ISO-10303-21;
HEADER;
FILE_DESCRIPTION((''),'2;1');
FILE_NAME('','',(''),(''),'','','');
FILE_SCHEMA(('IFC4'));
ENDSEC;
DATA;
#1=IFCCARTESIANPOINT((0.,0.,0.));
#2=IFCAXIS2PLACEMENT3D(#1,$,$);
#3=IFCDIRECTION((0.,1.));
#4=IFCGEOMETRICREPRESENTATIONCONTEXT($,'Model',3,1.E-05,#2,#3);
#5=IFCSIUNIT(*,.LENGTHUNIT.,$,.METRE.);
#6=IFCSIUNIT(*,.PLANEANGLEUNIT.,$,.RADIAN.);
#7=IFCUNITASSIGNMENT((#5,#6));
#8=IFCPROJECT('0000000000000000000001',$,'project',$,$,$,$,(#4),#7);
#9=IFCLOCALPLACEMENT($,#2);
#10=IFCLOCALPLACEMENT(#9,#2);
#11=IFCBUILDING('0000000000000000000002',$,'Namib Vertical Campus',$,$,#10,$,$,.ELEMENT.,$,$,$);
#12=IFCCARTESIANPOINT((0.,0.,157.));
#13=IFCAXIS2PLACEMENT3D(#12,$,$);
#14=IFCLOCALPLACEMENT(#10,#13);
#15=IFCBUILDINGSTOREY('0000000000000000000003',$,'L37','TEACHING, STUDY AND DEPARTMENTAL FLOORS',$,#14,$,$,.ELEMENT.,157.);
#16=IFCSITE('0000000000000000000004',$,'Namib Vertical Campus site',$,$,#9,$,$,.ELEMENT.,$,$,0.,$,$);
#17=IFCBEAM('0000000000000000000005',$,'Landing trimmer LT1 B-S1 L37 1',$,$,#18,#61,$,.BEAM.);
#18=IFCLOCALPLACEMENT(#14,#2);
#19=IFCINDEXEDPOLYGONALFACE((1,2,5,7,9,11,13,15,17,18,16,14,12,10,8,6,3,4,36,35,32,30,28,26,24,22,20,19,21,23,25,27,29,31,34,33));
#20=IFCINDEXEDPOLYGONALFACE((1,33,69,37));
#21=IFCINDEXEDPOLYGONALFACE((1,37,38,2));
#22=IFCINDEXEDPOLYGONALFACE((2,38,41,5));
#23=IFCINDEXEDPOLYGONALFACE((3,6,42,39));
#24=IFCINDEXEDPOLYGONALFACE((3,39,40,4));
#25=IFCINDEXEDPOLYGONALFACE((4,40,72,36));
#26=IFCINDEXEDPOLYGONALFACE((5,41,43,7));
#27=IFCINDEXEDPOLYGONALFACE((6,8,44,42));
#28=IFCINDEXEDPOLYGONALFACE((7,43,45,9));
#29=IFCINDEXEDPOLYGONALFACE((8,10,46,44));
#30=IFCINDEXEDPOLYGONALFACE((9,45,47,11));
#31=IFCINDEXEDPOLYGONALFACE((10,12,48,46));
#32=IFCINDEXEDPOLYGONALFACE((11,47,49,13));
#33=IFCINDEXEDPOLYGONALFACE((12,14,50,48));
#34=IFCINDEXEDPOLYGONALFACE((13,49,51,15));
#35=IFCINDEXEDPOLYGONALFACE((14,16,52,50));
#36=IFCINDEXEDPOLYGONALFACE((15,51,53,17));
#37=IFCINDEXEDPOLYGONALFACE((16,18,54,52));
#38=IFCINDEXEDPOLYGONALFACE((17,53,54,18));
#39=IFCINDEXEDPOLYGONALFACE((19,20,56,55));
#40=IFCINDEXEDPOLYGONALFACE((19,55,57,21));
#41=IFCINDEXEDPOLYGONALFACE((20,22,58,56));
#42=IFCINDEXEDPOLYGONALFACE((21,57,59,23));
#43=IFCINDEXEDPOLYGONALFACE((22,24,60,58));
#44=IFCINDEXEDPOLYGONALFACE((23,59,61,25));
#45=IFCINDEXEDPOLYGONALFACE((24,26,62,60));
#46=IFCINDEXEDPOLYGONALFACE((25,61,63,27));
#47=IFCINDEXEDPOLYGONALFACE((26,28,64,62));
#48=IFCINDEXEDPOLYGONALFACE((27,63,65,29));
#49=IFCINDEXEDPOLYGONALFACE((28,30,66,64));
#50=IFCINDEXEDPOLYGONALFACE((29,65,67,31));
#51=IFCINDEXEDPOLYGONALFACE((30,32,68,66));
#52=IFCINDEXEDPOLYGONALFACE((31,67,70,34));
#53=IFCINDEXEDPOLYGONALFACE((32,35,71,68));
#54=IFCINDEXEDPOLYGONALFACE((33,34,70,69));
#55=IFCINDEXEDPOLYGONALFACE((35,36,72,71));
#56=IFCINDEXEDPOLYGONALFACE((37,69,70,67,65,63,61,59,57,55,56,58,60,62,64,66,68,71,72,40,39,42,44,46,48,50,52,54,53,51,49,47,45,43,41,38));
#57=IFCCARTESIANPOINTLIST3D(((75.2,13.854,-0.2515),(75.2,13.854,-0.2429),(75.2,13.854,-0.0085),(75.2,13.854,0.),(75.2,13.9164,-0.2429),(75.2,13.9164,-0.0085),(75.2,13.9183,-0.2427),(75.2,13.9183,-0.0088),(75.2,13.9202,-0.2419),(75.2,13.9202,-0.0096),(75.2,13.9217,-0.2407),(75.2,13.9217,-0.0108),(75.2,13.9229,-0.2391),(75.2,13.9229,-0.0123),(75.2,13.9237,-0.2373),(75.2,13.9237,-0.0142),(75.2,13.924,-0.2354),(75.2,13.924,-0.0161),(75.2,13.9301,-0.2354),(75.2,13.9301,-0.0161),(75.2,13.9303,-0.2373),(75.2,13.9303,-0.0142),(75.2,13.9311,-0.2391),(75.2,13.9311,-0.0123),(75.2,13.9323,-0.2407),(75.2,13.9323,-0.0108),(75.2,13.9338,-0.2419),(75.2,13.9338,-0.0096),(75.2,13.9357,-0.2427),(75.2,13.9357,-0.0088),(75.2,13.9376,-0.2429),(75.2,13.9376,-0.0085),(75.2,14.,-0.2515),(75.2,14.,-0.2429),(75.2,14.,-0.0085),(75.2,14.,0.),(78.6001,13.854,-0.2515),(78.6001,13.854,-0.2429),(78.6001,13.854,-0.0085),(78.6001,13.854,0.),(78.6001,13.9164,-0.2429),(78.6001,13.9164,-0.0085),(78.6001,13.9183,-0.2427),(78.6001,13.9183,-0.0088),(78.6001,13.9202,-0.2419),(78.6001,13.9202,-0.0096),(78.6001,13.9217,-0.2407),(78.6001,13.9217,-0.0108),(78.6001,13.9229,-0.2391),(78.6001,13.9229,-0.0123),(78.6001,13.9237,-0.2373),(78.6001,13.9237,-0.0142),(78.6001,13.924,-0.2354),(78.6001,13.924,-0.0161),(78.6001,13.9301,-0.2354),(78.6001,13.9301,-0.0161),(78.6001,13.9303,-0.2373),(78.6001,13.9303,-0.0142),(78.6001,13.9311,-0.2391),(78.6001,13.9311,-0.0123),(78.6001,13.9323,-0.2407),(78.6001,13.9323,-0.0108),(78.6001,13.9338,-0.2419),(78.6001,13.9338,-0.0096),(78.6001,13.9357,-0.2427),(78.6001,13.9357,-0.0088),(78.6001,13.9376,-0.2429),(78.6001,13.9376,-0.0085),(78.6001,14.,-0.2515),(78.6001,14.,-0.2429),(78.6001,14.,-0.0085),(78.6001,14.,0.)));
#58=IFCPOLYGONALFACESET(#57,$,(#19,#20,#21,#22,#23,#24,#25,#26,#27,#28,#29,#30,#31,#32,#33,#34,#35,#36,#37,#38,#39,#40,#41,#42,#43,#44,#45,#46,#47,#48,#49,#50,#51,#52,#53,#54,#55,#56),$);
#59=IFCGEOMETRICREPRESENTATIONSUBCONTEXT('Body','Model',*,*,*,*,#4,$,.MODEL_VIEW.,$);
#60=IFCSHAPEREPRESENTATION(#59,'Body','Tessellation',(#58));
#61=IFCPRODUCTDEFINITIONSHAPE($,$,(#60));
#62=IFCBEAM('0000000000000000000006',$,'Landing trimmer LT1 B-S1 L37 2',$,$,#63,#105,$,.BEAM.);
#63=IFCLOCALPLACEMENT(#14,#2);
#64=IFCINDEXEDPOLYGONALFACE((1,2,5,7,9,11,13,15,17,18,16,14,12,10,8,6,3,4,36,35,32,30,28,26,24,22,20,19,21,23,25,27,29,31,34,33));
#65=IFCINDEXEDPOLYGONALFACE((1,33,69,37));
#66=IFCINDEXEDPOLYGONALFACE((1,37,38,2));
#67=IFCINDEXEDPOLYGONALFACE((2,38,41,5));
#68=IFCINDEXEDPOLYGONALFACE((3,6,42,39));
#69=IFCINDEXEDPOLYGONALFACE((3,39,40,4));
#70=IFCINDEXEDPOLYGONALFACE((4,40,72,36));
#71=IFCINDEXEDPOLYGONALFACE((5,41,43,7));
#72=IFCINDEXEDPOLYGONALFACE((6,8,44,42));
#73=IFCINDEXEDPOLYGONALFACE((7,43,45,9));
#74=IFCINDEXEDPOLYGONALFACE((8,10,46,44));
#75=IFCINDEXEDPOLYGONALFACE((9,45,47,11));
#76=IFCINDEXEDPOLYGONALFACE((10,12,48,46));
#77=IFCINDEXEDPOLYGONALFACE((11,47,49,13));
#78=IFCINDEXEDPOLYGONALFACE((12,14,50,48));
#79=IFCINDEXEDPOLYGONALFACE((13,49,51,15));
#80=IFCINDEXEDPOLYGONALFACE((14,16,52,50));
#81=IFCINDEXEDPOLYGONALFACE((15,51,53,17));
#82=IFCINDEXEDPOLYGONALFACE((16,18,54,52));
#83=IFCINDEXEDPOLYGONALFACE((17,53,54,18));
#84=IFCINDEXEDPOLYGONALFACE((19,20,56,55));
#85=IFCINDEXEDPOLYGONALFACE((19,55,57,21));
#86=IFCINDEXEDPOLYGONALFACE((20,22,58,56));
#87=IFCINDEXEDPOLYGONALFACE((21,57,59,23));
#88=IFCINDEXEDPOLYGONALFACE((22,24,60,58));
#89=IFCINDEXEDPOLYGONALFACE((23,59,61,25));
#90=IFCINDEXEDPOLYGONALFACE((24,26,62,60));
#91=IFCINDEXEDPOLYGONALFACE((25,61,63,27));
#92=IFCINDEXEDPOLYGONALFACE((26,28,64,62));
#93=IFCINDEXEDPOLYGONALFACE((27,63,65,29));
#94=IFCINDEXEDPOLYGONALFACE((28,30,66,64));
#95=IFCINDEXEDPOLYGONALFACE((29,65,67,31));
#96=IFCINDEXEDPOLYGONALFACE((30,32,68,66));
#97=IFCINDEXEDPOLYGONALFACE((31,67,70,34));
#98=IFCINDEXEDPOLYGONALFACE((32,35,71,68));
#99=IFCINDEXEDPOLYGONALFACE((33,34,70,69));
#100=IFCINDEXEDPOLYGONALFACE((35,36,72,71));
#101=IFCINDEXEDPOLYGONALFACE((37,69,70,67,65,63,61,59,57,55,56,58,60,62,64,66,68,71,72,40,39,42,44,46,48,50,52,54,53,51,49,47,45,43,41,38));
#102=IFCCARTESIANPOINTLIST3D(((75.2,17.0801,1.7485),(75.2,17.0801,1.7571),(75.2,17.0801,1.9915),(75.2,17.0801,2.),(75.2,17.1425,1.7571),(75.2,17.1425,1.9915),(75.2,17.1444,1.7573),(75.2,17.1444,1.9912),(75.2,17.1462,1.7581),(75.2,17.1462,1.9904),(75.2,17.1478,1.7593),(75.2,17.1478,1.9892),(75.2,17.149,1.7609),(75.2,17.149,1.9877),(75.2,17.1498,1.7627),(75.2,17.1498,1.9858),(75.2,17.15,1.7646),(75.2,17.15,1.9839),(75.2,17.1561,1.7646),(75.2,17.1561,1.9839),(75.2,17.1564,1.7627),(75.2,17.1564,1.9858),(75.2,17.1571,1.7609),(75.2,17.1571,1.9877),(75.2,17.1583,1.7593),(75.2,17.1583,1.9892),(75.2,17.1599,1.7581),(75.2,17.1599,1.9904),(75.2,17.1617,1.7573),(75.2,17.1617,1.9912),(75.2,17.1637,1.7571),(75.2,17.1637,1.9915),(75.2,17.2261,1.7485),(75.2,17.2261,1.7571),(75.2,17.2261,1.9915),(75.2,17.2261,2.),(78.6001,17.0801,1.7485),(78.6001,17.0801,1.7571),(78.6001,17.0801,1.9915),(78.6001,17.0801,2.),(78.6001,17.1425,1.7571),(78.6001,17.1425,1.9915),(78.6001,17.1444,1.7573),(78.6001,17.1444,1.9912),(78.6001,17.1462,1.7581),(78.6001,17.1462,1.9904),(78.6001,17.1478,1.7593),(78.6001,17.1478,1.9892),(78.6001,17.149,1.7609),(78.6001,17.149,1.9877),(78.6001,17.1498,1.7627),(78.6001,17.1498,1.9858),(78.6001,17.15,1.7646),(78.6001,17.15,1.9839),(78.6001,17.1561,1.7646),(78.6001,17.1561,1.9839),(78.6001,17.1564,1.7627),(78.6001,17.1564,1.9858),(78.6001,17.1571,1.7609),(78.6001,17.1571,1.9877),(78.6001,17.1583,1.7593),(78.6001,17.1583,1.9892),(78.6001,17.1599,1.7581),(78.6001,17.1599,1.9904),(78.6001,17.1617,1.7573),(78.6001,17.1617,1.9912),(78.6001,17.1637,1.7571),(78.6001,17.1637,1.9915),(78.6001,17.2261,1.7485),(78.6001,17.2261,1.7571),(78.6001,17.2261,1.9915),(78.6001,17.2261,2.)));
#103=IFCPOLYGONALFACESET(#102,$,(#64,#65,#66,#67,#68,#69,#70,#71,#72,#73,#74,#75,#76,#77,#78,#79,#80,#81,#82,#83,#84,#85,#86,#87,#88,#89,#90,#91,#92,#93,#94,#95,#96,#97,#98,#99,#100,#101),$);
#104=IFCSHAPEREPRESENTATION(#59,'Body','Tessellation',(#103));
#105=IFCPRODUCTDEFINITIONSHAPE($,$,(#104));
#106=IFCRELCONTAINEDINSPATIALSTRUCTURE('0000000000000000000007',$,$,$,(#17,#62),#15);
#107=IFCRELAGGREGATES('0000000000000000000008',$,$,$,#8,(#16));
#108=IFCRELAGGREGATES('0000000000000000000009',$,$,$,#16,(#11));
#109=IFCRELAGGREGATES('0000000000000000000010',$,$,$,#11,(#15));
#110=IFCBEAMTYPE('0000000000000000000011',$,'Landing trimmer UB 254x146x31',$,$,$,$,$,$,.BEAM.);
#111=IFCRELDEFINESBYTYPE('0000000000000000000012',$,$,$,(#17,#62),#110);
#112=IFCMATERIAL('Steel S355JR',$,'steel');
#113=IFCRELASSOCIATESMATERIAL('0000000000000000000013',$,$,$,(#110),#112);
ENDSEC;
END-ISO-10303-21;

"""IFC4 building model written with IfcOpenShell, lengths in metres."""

from ifc_helpers import new_model, si_unit, direction, frame, origin, origin_2d, place, context, subcontext, project, spatial, i_section, extrude, material, material_profile, profile_set, type_object, element, save


model = new_model("IFC4")

# Units and contexts
model_context = context("Model", 3, precision=1e-05, world=origin(), true_north=direction((0.0, 1.0)))
body_context = subcontext(model_context, "Body", "Model", "MODEL_VIEW")
ifc_project = project(units=[si_unit("LENGTHUNIT", "METRE"), si_unit("PLANEANGLEUNIT", "RADIAN")], contexts=[model_context])

# Site, building, storey
site_placement = place(None, origin())
site = spatial("IfcSite", under=ifc_project, at=site_placement, Name="Namib Vertical Campus site", CompositionType="ELEMENT", RefElevation=0.0)
building_placement = place(site_placement, origin())
building = spatial("IfcBuilding", under=site, at=building_placement, Name="Namib Vertical Campus", CompositionType="ELEMENT")
storey_placement = place(building_placement, frame((0.0, 0.0, 157.0)))
storey = spatial("IfcBuildingStorey", under=building, at=storey_placement, Name="L37", Description="TEACHING, STUDY AND DEPARTMENTAL FLOORS", CompositionType="ELEMENT", Elevation=157.0)

# Beams
ifc_material_1 = material(Name="Steel S355JR", Category="steel")
ifc_material_profile = material_profile(ifc_material_1, i_section(OverallWidth=0.146, OverallDepth=0.2515, WebThickness=0.0061, FlangeThickness=0.0085, FilletRadius=0.0076, at=origin_2d()))
ifc_profile_set = profile_set([ifc_material_profile], Name="Steel S355JR")
beam_type = type_object("IfcBeamType", Name="Landing trimmer UB 254x146x31", PredefinedType="BEAM", material=ifc_profile_set)
for number, where, z_axis, x_axis, name in (
    (1, (75.2, 13.927, -0.1257), (1.0, 0.0, 0.0), (0.0, 1.0, 0.0), "Landing trimmer LT1 B-S1 L37 1"),
    (2, (75.2, 17.1531, 1.8743), (1.0, 0.0, 0.0), (0.0, 1.0, 0.0), "Landing trimmer LT1 B-S1 L37 2"),
):
    element("IfcBeam", number, at=place(storey_placement, frame(where, z_axis=z_axis, x_axis=x_axis)), inside=storey, type_object=beam_type, Name=name, PredefinedType="BEAM", context=body_context, shape_type="SweptSolid", body=[
        extrude(i_section(OverallWidth=0.146, OverallDepth=0.2515, WebThickness=0.0061, FlangeThickness=0.0085, FilletRadius=0.0076, at=origin_2d()), origin(), (0.0, 0.0, 1.0), 3.4001),
    ])

save(model, "model.ifc")
